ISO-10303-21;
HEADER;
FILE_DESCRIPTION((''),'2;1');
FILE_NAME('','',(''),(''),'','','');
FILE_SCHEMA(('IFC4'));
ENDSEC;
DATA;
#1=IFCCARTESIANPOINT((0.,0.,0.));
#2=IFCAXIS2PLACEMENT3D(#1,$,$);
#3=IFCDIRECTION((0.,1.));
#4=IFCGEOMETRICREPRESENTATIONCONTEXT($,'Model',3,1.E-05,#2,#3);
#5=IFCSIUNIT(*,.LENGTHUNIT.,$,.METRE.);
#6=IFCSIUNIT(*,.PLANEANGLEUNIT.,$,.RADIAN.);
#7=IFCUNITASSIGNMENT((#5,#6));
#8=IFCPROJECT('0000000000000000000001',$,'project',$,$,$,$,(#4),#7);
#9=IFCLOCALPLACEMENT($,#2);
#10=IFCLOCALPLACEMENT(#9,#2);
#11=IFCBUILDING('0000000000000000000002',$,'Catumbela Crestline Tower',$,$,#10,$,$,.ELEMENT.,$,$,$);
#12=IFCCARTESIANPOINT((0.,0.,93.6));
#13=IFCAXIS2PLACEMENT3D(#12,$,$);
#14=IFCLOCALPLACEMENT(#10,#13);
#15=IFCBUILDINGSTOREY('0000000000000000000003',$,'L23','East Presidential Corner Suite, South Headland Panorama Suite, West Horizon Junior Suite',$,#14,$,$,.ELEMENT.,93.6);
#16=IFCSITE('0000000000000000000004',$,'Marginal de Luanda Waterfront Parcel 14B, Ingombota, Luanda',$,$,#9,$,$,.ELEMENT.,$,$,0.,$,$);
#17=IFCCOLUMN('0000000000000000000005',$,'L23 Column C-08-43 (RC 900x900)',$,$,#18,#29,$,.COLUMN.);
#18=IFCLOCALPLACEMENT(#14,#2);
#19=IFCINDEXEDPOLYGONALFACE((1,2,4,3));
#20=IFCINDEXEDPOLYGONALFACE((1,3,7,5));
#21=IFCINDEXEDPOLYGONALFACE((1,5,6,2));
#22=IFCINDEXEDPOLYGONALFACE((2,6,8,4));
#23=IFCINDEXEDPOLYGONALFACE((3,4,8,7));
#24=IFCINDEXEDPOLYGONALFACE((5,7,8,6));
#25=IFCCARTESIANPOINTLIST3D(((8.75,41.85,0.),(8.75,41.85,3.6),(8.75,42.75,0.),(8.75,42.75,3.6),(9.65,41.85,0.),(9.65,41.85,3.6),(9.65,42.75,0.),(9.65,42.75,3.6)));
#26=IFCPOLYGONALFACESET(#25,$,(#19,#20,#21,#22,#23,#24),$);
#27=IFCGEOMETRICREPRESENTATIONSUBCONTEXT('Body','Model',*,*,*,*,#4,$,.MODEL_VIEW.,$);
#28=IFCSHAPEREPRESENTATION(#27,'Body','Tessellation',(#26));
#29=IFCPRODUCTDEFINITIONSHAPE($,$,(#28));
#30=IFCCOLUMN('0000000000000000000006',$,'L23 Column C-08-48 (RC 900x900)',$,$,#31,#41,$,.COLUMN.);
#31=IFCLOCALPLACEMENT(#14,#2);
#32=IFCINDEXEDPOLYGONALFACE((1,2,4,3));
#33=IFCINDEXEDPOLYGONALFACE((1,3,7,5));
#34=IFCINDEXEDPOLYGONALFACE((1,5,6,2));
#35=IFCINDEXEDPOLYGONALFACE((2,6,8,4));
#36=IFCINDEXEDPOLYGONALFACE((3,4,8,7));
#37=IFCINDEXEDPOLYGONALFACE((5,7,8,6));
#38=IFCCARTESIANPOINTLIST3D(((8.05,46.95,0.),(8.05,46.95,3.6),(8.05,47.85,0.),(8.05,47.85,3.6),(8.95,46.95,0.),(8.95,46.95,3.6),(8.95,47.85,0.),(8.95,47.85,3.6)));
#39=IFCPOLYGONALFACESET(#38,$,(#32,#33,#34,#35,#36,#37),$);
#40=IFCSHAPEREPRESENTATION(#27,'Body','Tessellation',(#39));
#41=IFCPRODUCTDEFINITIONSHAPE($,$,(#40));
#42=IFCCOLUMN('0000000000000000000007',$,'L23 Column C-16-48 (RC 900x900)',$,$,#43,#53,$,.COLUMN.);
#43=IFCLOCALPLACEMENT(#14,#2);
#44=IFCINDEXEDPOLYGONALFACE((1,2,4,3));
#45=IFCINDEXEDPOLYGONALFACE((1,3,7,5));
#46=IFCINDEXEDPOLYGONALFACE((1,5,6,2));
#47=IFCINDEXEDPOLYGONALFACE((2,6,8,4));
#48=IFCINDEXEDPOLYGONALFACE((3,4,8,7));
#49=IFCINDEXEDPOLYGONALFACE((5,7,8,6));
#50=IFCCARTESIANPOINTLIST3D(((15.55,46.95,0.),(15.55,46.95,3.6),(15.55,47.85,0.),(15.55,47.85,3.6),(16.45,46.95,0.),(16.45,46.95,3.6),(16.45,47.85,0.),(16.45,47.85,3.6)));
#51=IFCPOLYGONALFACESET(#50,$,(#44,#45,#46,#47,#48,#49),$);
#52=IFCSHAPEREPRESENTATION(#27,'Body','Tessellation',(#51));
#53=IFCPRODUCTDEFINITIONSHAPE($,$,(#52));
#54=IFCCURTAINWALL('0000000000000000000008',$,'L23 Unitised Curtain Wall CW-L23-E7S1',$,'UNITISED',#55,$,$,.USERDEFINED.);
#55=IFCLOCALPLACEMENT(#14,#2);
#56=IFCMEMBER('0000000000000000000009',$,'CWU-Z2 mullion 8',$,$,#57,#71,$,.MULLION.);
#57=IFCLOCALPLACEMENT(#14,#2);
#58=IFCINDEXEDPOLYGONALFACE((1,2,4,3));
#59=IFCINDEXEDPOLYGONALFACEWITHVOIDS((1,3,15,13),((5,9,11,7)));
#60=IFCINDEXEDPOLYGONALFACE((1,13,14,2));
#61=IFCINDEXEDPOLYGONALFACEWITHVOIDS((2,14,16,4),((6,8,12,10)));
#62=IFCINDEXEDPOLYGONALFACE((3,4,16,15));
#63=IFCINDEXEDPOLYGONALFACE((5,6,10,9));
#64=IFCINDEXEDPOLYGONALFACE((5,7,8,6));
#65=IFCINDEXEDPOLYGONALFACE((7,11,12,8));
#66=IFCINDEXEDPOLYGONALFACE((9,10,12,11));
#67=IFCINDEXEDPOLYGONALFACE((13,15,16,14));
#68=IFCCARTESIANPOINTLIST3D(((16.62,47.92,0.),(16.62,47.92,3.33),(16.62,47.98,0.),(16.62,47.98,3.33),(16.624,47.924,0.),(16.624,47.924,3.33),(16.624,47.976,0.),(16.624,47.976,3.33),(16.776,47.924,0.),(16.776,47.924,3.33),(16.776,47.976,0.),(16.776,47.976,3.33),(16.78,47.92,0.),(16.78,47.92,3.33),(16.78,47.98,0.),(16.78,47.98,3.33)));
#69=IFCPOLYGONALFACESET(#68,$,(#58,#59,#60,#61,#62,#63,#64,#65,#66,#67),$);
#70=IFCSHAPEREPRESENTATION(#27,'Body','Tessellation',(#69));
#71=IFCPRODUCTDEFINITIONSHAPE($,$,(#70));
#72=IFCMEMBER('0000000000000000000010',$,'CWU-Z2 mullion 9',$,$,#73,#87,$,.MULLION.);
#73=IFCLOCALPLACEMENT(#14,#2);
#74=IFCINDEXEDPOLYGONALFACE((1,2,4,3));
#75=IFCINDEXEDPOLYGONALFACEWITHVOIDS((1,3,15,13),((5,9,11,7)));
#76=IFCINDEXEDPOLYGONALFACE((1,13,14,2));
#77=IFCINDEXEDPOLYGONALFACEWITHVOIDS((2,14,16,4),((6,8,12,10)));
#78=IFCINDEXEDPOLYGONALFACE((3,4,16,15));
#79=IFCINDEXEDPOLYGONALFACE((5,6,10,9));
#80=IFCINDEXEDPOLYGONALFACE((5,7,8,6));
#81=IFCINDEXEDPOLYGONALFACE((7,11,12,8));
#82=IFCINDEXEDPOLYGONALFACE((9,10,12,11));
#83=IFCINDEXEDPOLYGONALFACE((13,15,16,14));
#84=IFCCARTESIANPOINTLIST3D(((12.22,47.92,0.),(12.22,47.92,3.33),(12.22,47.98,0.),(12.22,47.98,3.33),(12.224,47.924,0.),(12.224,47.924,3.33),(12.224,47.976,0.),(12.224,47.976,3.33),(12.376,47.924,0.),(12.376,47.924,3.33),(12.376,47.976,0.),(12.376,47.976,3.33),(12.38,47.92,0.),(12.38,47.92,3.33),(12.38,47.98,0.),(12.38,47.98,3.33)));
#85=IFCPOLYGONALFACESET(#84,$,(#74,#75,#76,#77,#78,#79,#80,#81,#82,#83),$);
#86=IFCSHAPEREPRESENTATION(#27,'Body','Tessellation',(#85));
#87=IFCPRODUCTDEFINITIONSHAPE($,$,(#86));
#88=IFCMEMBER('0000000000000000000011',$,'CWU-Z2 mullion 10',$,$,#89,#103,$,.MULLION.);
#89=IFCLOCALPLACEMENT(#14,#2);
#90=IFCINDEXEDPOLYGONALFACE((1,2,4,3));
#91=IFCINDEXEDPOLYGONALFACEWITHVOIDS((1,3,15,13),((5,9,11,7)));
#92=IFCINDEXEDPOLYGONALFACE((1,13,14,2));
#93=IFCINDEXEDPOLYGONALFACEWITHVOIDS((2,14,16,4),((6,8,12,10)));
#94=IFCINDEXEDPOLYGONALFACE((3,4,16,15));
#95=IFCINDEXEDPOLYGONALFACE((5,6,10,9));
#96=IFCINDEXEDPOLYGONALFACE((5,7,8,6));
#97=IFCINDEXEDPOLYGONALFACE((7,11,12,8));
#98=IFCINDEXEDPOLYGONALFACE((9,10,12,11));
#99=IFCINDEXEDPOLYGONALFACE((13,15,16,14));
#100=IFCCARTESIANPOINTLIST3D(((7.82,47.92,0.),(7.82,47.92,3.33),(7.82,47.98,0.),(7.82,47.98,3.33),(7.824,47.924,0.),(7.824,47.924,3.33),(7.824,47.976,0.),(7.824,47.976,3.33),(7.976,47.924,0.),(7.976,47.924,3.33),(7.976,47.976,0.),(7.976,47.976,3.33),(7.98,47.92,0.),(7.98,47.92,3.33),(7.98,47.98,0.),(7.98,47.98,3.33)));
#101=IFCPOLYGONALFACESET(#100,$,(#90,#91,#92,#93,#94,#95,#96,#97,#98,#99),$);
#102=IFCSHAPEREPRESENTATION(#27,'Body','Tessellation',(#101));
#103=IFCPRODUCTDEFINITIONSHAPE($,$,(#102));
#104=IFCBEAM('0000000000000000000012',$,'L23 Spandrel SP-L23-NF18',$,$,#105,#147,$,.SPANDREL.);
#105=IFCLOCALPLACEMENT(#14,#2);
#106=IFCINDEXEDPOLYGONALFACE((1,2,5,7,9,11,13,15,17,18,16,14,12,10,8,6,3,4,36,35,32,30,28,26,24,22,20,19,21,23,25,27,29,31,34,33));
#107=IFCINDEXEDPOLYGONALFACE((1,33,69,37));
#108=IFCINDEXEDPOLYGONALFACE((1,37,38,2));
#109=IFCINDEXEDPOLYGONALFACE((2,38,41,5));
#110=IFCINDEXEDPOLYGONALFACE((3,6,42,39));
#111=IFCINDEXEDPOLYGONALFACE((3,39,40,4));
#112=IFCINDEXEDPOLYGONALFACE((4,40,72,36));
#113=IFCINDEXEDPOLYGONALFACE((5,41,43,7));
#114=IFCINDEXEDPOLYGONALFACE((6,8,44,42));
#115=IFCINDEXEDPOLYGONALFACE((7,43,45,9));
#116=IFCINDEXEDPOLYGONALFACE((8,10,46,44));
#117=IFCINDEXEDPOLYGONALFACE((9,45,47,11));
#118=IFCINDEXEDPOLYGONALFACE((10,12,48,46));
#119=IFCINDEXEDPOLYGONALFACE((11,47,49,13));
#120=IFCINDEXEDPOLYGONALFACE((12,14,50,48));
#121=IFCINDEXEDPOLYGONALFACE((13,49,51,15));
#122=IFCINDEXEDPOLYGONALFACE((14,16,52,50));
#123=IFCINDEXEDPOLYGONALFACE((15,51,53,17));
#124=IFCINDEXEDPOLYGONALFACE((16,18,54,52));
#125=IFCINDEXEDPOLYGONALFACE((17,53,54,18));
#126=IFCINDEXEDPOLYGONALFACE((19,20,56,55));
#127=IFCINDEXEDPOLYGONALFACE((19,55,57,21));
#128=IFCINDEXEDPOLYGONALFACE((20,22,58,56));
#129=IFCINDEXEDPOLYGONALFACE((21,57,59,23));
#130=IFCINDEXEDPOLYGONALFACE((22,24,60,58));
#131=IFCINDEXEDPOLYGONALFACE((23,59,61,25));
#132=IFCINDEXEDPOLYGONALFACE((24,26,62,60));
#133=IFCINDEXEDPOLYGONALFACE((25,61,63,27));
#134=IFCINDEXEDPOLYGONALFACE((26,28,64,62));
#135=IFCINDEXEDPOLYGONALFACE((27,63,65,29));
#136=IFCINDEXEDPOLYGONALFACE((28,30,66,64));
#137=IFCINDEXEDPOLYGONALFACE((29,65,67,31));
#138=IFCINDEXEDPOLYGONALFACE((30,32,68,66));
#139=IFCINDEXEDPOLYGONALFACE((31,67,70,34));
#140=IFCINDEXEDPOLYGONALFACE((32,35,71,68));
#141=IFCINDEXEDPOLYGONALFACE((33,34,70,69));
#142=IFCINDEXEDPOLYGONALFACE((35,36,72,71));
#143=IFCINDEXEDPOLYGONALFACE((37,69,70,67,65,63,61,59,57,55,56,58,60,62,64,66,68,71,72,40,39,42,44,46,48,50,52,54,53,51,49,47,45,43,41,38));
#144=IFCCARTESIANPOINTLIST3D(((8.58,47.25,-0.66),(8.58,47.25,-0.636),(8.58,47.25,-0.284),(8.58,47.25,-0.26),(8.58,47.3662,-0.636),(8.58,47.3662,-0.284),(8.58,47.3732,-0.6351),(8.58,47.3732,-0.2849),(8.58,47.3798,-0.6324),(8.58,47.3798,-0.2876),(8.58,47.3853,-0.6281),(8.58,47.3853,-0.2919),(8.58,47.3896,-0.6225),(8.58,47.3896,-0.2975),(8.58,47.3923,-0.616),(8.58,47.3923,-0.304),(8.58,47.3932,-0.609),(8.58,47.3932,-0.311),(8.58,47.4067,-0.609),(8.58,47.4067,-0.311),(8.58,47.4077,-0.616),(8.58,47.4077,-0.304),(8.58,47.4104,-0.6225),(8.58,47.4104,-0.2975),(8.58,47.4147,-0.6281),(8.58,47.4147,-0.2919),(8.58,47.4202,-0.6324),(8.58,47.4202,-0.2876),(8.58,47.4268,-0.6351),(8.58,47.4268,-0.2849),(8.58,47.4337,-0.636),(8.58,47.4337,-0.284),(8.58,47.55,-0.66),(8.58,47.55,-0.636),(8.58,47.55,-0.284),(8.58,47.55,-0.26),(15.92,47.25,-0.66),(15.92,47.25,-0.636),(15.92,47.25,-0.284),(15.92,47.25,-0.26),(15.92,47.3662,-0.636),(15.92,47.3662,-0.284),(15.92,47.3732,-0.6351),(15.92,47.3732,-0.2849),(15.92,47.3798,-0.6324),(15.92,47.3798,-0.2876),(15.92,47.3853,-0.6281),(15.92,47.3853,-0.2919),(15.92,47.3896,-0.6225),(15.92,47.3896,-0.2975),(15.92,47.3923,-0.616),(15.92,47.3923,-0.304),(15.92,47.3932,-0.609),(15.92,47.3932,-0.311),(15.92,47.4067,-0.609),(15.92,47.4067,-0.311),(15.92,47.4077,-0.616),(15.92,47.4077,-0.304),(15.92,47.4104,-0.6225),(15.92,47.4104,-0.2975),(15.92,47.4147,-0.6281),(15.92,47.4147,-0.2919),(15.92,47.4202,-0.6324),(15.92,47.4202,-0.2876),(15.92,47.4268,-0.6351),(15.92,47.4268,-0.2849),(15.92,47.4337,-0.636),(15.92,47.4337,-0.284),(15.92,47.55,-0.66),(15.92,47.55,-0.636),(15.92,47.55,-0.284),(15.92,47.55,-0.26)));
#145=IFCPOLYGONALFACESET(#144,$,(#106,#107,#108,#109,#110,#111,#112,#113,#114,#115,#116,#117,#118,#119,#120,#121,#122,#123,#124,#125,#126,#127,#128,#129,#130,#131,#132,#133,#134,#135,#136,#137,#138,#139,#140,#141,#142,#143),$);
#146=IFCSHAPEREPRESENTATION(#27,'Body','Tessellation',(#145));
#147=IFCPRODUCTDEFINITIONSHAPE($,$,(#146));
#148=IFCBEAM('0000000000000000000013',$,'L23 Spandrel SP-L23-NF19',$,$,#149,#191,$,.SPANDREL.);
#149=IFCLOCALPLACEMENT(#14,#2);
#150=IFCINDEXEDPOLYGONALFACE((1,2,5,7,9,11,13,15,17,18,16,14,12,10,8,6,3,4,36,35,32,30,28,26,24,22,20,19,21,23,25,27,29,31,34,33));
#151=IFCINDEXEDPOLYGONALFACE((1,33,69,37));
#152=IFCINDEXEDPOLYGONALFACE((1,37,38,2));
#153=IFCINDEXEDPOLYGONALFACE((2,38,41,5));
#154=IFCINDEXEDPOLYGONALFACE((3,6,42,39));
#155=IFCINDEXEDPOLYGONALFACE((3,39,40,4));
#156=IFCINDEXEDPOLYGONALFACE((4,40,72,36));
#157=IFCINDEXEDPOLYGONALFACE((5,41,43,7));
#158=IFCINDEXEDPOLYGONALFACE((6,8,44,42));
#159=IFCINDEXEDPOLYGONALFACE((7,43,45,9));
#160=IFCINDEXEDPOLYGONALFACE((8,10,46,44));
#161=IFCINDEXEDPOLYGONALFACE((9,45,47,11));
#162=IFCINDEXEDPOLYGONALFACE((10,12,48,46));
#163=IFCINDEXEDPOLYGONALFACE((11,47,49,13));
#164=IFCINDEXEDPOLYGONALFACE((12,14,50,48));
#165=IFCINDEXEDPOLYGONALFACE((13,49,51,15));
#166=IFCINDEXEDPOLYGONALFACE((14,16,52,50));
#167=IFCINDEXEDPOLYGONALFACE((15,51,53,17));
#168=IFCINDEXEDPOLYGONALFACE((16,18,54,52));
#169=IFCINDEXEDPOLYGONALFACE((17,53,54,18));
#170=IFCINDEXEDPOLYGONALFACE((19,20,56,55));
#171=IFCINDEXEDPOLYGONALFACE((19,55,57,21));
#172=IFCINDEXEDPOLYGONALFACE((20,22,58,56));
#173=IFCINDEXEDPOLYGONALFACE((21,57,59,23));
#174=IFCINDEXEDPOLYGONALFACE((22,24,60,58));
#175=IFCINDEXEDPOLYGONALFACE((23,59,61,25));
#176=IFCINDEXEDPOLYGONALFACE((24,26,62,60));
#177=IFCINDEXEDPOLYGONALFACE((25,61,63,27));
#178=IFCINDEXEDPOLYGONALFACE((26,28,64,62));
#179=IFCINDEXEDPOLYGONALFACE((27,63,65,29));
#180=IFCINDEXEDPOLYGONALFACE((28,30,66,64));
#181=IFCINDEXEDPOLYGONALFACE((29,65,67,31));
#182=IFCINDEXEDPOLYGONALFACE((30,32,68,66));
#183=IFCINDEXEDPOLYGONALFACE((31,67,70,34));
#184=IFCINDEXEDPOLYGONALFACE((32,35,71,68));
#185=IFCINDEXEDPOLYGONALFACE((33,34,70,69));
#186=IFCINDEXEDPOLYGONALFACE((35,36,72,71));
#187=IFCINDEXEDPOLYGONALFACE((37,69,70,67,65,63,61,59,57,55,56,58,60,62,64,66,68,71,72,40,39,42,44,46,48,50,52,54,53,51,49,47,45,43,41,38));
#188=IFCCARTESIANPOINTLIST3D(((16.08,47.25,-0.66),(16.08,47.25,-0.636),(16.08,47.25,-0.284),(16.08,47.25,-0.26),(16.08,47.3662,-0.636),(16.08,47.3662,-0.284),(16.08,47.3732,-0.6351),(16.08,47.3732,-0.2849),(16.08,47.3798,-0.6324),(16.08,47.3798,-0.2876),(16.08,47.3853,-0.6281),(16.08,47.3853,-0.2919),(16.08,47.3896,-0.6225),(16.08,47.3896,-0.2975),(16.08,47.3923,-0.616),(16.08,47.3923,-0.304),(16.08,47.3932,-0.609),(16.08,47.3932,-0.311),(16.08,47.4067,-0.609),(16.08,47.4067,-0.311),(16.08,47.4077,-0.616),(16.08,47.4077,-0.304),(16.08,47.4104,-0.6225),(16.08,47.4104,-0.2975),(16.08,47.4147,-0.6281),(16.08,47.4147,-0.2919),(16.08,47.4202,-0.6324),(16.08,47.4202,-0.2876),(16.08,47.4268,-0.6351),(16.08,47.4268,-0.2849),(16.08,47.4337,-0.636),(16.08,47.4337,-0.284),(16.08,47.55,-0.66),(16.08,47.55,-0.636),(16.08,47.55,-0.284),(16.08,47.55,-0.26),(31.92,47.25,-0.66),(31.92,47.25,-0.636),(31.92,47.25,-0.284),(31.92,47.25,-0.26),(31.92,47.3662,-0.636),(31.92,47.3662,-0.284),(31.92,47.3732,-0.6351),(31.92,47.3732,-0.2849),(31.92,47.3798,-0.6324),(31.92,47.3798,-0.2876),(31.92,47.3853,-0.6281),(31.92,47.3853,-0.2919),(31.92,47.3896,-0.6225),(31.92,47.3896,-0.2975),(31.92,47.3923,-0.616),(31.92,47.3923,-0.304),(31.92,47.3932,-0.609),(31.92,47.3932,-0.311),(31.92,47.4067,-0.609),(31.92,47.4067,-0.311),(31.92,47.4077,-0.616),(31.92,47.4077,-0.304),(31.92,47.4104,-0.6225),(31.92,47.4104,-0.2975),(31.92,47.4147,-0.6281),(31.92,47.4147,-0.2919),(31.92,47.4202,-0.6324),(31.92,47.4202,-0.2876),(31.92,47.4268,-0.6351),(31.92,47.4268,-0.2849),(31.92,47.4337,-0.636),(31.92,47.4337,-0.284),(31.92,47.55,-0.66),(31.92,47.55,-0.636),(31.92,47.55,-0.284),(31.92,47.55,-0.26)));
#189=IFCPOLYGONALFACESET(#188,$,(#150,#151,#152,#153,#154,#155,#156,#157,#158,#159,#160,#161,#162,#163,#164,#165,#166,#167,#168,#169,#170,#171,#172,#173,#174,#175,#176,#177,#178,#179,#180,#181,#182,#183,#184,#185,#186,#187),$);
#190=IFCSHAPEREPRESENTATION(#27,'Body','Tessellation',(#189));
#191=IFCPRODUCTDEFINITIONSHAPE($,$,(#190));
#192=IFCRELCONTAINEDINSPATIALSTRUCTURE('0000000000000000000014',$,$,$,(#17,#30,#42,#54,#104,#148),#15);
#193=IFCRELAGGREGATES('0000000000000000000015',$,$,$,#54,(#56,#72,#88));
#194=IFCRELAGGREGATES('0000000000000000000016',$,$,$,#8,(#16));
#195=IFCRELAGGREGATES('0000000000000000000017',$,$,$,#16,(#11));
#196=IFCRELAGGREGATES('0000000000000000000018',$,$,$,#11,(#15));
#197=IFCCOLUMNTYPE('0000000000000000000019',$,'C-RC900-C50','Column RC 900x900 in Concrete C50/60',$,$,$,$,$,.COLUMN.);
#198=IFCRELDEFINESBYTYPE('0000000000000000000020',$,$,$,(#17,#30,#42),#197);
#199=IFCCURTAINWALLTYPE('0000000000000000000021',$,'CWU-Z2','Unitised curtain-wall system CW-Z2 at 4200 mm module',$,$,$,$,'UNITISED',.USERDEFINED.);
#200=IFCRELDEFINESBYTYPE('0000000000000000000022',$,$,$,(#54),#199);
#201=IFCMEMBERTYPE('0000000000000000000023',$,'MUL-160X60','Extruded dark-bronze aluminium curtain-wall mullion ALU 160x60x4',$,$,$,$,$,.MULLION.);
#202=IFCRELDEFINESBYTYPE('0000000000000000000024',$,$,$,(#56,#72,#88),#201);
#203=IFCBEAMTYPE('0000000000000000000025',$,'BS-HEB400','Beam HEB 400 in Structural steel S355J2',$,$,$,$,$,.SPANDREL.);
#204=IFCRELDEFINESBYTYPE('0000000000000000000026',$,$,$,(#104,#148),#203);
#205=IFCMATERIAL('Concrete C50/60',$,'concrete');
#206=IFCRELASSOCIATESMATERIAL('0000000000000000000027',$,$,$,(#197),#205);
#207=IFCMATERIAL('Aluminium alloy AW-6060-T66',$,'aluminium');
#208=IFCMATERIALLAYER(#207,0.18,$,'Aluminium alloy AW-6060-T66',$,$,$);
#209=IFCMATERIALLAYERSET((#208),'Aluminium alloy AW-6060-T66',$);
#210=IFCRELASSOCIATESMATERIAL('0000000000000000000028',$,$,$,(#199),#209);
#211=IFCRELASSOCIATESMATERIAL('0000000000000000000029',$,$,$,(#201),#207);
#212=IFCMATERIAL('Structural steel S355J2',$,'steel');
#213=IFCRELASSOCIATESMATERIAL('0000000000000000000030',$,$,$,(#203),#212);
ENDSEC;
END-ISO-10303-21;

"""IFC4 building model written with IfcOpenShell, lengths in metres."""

from ifc_helpers import new_model, si_unit, direction, frame, origin, origin_2d, place, context, subcontext, project, spatial, rectangle, hollow_rectangle, i_section, extrude, material, layer, layer_set, material_profile, profile_set, type_object, element, aggregate, save


model = new_model("IFC4")

# Units and contexts
model_context = context("Model", 3, precision=1e-05, world=origin(), true_north=direction((0.0, 1.0)))
body_context = subcontext(model_context, "Body", "Model", "MODEL_VIEW")
ifc_project = project(units=[si_unit("LENGTHUNIT", "METRE"), si_unit("PLANEANGLEUNIT", "RADIAN")], contexts=[model_context])

# Site, building, storey
site_placement = place(None, origin())
site = spatial("IfcSite", under=ifc_project, at=site_placement, Name="Marginal de Luanda Waterfront Parcel 14B, Ingombota, Luanda", CompositionType="ELEMENT", RefElevation=0.0)
building_placement = place(site_placement, origin())
building = spatial("IfcBuilding", under=site, at=building_placement, Name="Catumbela Crestline Tower", CompositionType="ELEMENT")
storey_placement = place(building_placement, frame((0.0, 0.0, 93.6)))
storey = spatial("IfcBuildingStorey", under=building, at=storey_placement, Name="L23", Description="East Presidential Corner Suite, South Headland Panorama Suite, West Horizon Junior Suite", CompositionType="ELEMENT", Elevation=93.6)

# Columns
ifc_material_1 = material(Name="Concrete C50/60", Category="concrete")
ifc_material_profile_1 = material_profile(ifc_material_1, rectangle(XDim=0.9, YDim=0.9, at=origin_2d()), Name="RC 900x900")
ifc_profile_set_1 = profile_set([ifc_material_profile_1], Name="Concrete C50/60")
column_type = type_object("IfcColumnType", Name="C-RC900-C50", Description="Column RC 900x900 in Concrete C50/60", PredefinedType="COLUMN", material=ifc_profile_set_1)
for number, where, z_axis, x_axis, name in (
    (1, (9.2, 42.3, 0.0), (0.0, 0.0, 1.0), (1.0, 0.0, 0.0), "L23 Column C-08-43 (RC 900x900)"),
    (2, (8.5, 47.4, 0.0), (0.0, 0.0, 1.0), (1.0, 0.0, 0.0), "L23 Column C-08-48 (RC 900x900)"),
    (3, (16.0, 47.4, 0.0), (0.0, 0.0, 1.0), (1.0, 0.0, 0.0), "L23 Column C-16-48 (RC 900x900)"),
):
    element("IfcColumn", number, at=place(storey_placement, frame(where, z_axis=z_axis, x_axis=x_axis)), inside=storey, type_object=column_type, Name=name, PredefinedType="COLUMN", context=body_context, shape_type="SweptSolid", body=[
        extrude(rectangle(XDim=0.9, YDim=0.9, at=origin_2d()), origin(), (0.0, 0.0, 1.0), 3.6),
    ])

# Curtain wall, members
ifc_material_2 = material(Name="Aluminium alloy AW-6060-T66", Category="aluminium")
ifc_layer_1 = layer(ifc_material_2, 0.18, Name="Aluminium alloy AW-6060-T66")
ifc_layer_set_1 = layer_set([ifc_layer_1], Name="Aluminium alloy AW-6060-T66")
curtain_wall_type = type_object("IfcCurtainWallType", Name="CWU-Z2", Description="Unitised curtain-wall system CW-Z2 at 4200 mm module", ElementType="UNITISED", PredefinedType="USERDEFINED", material=ifc_layer_set_1)
curtain_wall_placement = place(storey_placement, origin())
curtain_wall = element("IfcCurtainWall", 4, at=curtain_wall_placement, inside=storey, type_object=curtain_wall_type, Name="L23 Unitised Curtain Wall CW-L23-E7S1", ObjectType="UNITISED", PredefinedType="USERDEFINED")
ifc_material_profile_2 = material_profile(ifc_material_2, hollow_rectangle(XDim=0.06, YDim=0.16, WallThickness=0.004, at=origin_2d()), Name="ALU 160x60x4")
ifc_profile_set_2 = profile_set([ifc_material_profile_2], Name="Aluminium alloy AW-6060-T66")
member_type_1 = type_object("IfcMemberType", Name="MUL-160X60", Description="Extruded dark-bronze aluminium curtain-wall mullion ALU 160x60x4", PredefinedType="MULLION", material=ifc_profile_set_2)
member_1_placement = place(storey_placement, frame((16.7, 47.95, 0.0), z_axis=(0.0, 0.0, 1.0), x_axis=(0.0, -1.0, 0.0)))
member_1 = element("IfcMember", 5, at=member_1_placement, type_object=member_type_1, Name="CWU-Z2 mullion 8", PredefinedType="MULLION", context=body_context, shape_type="SweptSolid", body=[
    extrude(hollow_rectangle(XDim=0.06, YDim=0.16, WallThickness=0.004, at=origin_2d()), origin(), (0.0, 0.0, 1.0), 3.33),
])
member_2_placement = place(storey_placement, frame((12.3, 47.95, 0.0), z_axis=(0.0, 0.0, 1.0), x_axis=(0.0, -1.0, 0.0)))
member_2 = element("IfcMember", 6, at=member_2_placement, type_object=member_type_1, Name="CWU-Z2 mullion 9", PredefinedType="MULLION", context=body_context, shape_type="SweptSolid", body=[
    extrude(hollow_rectangle(XDim=0.06, YDim=0.16, WallThickness=0.004, at=origin_2d()), origin(), (0.0, 0.0, 1.0), 3.33),
])
member_3_placement = place(storey_placement, frame((7.9, 47.95, 0.0), z_axis=(0.0, 0.0, 1.0), x_axis=(0.0, -1.0, 0.0)))
member_3 = element("IfcMember", 7, at=member_3_placement, type_object=member_type_1, Name="CWU-Z2 mullion 10", PredefinedType="MULLION", context=body_context, shape_type="SweptSolid", body=[
    extrude(hollow_rectangle(XDim=0.06, YDim=0.16, WallThickness=0.004, at=origin_2d()), origin(), (0.0, 0.0, 1.0), 3.33),
])

# Beams
ifc_material_3 = material(Name="Structural steel S355J2", Category="steel")
ifc_material_profile_3 = material_profile(ifc_material_3, i_section(OverallWidth=0.3, OverallDepth=0.4, WebThickness=0.0135, FlangeThickness=0.024, FilletRadius=0.027, at=origin_2d()), Name="HEB 400")
ifc_profile_set_3 = profile_set([ifc_material_profile_3], Name="Structural steel S355J2")
beam_type = type_object("IfcBeamType", Name="BS-HEB400", Description="Beam HEB 400 in Structural steel S355J2", PredefinedType="SPANDREL", material=ifc_profile_set_3)
beam_1_placement = place(storey_placement, frame((8.58, 47.4, -0.46), z_axis=(1.0, 0.0, 0.0), x_axis=(0.0, 1.0, 0.0)))
element("IfcBeam", 8, at=beam_1_placement, inside=storey, type_object=beam_type, Name="L23 Spandrel SP-L23-NF18", PredefinedType="SPANDREL", context=body_context, shape_type="SweptSolid", body=[
    extrude(i_section(OverallWidth=0.3, OverallDepth=0.4, WebThickness=0.0135, FlangeThickness=0.024, FilletRadius=0.027, at=origin_2d()), origin(), (0.0, 0.0, 1.0), 7.34),
])
beam_2_placement = place(storey_placement, frame((16.08, 47.4, -0.46), z_axis=(1.0, 0.0, 0.0), x_axis=(0.0, 1.0, 0.0)))
element("IfcBeam", 9, at=beam_2_placement, inside=storey, type_object=beam_type, Name="L23 Spandrel SP-L23-NF19", PredefinedType="SPANDREL", context=body_context, shape_type="SweptSolid", body=[
    extrude(i_section(OverallWidth=0.3, OverallDepth=0.4, WebThickness=0.0135, FlangeThickness=0.024, FilletRadius=0.027, at=origin_2d()), origin(), (0.0, 0.0, 1.0), 15.84),
])

aggregate(curtain_wall, [member_1, member_2, member_3])

save(model, "model.ifc")
